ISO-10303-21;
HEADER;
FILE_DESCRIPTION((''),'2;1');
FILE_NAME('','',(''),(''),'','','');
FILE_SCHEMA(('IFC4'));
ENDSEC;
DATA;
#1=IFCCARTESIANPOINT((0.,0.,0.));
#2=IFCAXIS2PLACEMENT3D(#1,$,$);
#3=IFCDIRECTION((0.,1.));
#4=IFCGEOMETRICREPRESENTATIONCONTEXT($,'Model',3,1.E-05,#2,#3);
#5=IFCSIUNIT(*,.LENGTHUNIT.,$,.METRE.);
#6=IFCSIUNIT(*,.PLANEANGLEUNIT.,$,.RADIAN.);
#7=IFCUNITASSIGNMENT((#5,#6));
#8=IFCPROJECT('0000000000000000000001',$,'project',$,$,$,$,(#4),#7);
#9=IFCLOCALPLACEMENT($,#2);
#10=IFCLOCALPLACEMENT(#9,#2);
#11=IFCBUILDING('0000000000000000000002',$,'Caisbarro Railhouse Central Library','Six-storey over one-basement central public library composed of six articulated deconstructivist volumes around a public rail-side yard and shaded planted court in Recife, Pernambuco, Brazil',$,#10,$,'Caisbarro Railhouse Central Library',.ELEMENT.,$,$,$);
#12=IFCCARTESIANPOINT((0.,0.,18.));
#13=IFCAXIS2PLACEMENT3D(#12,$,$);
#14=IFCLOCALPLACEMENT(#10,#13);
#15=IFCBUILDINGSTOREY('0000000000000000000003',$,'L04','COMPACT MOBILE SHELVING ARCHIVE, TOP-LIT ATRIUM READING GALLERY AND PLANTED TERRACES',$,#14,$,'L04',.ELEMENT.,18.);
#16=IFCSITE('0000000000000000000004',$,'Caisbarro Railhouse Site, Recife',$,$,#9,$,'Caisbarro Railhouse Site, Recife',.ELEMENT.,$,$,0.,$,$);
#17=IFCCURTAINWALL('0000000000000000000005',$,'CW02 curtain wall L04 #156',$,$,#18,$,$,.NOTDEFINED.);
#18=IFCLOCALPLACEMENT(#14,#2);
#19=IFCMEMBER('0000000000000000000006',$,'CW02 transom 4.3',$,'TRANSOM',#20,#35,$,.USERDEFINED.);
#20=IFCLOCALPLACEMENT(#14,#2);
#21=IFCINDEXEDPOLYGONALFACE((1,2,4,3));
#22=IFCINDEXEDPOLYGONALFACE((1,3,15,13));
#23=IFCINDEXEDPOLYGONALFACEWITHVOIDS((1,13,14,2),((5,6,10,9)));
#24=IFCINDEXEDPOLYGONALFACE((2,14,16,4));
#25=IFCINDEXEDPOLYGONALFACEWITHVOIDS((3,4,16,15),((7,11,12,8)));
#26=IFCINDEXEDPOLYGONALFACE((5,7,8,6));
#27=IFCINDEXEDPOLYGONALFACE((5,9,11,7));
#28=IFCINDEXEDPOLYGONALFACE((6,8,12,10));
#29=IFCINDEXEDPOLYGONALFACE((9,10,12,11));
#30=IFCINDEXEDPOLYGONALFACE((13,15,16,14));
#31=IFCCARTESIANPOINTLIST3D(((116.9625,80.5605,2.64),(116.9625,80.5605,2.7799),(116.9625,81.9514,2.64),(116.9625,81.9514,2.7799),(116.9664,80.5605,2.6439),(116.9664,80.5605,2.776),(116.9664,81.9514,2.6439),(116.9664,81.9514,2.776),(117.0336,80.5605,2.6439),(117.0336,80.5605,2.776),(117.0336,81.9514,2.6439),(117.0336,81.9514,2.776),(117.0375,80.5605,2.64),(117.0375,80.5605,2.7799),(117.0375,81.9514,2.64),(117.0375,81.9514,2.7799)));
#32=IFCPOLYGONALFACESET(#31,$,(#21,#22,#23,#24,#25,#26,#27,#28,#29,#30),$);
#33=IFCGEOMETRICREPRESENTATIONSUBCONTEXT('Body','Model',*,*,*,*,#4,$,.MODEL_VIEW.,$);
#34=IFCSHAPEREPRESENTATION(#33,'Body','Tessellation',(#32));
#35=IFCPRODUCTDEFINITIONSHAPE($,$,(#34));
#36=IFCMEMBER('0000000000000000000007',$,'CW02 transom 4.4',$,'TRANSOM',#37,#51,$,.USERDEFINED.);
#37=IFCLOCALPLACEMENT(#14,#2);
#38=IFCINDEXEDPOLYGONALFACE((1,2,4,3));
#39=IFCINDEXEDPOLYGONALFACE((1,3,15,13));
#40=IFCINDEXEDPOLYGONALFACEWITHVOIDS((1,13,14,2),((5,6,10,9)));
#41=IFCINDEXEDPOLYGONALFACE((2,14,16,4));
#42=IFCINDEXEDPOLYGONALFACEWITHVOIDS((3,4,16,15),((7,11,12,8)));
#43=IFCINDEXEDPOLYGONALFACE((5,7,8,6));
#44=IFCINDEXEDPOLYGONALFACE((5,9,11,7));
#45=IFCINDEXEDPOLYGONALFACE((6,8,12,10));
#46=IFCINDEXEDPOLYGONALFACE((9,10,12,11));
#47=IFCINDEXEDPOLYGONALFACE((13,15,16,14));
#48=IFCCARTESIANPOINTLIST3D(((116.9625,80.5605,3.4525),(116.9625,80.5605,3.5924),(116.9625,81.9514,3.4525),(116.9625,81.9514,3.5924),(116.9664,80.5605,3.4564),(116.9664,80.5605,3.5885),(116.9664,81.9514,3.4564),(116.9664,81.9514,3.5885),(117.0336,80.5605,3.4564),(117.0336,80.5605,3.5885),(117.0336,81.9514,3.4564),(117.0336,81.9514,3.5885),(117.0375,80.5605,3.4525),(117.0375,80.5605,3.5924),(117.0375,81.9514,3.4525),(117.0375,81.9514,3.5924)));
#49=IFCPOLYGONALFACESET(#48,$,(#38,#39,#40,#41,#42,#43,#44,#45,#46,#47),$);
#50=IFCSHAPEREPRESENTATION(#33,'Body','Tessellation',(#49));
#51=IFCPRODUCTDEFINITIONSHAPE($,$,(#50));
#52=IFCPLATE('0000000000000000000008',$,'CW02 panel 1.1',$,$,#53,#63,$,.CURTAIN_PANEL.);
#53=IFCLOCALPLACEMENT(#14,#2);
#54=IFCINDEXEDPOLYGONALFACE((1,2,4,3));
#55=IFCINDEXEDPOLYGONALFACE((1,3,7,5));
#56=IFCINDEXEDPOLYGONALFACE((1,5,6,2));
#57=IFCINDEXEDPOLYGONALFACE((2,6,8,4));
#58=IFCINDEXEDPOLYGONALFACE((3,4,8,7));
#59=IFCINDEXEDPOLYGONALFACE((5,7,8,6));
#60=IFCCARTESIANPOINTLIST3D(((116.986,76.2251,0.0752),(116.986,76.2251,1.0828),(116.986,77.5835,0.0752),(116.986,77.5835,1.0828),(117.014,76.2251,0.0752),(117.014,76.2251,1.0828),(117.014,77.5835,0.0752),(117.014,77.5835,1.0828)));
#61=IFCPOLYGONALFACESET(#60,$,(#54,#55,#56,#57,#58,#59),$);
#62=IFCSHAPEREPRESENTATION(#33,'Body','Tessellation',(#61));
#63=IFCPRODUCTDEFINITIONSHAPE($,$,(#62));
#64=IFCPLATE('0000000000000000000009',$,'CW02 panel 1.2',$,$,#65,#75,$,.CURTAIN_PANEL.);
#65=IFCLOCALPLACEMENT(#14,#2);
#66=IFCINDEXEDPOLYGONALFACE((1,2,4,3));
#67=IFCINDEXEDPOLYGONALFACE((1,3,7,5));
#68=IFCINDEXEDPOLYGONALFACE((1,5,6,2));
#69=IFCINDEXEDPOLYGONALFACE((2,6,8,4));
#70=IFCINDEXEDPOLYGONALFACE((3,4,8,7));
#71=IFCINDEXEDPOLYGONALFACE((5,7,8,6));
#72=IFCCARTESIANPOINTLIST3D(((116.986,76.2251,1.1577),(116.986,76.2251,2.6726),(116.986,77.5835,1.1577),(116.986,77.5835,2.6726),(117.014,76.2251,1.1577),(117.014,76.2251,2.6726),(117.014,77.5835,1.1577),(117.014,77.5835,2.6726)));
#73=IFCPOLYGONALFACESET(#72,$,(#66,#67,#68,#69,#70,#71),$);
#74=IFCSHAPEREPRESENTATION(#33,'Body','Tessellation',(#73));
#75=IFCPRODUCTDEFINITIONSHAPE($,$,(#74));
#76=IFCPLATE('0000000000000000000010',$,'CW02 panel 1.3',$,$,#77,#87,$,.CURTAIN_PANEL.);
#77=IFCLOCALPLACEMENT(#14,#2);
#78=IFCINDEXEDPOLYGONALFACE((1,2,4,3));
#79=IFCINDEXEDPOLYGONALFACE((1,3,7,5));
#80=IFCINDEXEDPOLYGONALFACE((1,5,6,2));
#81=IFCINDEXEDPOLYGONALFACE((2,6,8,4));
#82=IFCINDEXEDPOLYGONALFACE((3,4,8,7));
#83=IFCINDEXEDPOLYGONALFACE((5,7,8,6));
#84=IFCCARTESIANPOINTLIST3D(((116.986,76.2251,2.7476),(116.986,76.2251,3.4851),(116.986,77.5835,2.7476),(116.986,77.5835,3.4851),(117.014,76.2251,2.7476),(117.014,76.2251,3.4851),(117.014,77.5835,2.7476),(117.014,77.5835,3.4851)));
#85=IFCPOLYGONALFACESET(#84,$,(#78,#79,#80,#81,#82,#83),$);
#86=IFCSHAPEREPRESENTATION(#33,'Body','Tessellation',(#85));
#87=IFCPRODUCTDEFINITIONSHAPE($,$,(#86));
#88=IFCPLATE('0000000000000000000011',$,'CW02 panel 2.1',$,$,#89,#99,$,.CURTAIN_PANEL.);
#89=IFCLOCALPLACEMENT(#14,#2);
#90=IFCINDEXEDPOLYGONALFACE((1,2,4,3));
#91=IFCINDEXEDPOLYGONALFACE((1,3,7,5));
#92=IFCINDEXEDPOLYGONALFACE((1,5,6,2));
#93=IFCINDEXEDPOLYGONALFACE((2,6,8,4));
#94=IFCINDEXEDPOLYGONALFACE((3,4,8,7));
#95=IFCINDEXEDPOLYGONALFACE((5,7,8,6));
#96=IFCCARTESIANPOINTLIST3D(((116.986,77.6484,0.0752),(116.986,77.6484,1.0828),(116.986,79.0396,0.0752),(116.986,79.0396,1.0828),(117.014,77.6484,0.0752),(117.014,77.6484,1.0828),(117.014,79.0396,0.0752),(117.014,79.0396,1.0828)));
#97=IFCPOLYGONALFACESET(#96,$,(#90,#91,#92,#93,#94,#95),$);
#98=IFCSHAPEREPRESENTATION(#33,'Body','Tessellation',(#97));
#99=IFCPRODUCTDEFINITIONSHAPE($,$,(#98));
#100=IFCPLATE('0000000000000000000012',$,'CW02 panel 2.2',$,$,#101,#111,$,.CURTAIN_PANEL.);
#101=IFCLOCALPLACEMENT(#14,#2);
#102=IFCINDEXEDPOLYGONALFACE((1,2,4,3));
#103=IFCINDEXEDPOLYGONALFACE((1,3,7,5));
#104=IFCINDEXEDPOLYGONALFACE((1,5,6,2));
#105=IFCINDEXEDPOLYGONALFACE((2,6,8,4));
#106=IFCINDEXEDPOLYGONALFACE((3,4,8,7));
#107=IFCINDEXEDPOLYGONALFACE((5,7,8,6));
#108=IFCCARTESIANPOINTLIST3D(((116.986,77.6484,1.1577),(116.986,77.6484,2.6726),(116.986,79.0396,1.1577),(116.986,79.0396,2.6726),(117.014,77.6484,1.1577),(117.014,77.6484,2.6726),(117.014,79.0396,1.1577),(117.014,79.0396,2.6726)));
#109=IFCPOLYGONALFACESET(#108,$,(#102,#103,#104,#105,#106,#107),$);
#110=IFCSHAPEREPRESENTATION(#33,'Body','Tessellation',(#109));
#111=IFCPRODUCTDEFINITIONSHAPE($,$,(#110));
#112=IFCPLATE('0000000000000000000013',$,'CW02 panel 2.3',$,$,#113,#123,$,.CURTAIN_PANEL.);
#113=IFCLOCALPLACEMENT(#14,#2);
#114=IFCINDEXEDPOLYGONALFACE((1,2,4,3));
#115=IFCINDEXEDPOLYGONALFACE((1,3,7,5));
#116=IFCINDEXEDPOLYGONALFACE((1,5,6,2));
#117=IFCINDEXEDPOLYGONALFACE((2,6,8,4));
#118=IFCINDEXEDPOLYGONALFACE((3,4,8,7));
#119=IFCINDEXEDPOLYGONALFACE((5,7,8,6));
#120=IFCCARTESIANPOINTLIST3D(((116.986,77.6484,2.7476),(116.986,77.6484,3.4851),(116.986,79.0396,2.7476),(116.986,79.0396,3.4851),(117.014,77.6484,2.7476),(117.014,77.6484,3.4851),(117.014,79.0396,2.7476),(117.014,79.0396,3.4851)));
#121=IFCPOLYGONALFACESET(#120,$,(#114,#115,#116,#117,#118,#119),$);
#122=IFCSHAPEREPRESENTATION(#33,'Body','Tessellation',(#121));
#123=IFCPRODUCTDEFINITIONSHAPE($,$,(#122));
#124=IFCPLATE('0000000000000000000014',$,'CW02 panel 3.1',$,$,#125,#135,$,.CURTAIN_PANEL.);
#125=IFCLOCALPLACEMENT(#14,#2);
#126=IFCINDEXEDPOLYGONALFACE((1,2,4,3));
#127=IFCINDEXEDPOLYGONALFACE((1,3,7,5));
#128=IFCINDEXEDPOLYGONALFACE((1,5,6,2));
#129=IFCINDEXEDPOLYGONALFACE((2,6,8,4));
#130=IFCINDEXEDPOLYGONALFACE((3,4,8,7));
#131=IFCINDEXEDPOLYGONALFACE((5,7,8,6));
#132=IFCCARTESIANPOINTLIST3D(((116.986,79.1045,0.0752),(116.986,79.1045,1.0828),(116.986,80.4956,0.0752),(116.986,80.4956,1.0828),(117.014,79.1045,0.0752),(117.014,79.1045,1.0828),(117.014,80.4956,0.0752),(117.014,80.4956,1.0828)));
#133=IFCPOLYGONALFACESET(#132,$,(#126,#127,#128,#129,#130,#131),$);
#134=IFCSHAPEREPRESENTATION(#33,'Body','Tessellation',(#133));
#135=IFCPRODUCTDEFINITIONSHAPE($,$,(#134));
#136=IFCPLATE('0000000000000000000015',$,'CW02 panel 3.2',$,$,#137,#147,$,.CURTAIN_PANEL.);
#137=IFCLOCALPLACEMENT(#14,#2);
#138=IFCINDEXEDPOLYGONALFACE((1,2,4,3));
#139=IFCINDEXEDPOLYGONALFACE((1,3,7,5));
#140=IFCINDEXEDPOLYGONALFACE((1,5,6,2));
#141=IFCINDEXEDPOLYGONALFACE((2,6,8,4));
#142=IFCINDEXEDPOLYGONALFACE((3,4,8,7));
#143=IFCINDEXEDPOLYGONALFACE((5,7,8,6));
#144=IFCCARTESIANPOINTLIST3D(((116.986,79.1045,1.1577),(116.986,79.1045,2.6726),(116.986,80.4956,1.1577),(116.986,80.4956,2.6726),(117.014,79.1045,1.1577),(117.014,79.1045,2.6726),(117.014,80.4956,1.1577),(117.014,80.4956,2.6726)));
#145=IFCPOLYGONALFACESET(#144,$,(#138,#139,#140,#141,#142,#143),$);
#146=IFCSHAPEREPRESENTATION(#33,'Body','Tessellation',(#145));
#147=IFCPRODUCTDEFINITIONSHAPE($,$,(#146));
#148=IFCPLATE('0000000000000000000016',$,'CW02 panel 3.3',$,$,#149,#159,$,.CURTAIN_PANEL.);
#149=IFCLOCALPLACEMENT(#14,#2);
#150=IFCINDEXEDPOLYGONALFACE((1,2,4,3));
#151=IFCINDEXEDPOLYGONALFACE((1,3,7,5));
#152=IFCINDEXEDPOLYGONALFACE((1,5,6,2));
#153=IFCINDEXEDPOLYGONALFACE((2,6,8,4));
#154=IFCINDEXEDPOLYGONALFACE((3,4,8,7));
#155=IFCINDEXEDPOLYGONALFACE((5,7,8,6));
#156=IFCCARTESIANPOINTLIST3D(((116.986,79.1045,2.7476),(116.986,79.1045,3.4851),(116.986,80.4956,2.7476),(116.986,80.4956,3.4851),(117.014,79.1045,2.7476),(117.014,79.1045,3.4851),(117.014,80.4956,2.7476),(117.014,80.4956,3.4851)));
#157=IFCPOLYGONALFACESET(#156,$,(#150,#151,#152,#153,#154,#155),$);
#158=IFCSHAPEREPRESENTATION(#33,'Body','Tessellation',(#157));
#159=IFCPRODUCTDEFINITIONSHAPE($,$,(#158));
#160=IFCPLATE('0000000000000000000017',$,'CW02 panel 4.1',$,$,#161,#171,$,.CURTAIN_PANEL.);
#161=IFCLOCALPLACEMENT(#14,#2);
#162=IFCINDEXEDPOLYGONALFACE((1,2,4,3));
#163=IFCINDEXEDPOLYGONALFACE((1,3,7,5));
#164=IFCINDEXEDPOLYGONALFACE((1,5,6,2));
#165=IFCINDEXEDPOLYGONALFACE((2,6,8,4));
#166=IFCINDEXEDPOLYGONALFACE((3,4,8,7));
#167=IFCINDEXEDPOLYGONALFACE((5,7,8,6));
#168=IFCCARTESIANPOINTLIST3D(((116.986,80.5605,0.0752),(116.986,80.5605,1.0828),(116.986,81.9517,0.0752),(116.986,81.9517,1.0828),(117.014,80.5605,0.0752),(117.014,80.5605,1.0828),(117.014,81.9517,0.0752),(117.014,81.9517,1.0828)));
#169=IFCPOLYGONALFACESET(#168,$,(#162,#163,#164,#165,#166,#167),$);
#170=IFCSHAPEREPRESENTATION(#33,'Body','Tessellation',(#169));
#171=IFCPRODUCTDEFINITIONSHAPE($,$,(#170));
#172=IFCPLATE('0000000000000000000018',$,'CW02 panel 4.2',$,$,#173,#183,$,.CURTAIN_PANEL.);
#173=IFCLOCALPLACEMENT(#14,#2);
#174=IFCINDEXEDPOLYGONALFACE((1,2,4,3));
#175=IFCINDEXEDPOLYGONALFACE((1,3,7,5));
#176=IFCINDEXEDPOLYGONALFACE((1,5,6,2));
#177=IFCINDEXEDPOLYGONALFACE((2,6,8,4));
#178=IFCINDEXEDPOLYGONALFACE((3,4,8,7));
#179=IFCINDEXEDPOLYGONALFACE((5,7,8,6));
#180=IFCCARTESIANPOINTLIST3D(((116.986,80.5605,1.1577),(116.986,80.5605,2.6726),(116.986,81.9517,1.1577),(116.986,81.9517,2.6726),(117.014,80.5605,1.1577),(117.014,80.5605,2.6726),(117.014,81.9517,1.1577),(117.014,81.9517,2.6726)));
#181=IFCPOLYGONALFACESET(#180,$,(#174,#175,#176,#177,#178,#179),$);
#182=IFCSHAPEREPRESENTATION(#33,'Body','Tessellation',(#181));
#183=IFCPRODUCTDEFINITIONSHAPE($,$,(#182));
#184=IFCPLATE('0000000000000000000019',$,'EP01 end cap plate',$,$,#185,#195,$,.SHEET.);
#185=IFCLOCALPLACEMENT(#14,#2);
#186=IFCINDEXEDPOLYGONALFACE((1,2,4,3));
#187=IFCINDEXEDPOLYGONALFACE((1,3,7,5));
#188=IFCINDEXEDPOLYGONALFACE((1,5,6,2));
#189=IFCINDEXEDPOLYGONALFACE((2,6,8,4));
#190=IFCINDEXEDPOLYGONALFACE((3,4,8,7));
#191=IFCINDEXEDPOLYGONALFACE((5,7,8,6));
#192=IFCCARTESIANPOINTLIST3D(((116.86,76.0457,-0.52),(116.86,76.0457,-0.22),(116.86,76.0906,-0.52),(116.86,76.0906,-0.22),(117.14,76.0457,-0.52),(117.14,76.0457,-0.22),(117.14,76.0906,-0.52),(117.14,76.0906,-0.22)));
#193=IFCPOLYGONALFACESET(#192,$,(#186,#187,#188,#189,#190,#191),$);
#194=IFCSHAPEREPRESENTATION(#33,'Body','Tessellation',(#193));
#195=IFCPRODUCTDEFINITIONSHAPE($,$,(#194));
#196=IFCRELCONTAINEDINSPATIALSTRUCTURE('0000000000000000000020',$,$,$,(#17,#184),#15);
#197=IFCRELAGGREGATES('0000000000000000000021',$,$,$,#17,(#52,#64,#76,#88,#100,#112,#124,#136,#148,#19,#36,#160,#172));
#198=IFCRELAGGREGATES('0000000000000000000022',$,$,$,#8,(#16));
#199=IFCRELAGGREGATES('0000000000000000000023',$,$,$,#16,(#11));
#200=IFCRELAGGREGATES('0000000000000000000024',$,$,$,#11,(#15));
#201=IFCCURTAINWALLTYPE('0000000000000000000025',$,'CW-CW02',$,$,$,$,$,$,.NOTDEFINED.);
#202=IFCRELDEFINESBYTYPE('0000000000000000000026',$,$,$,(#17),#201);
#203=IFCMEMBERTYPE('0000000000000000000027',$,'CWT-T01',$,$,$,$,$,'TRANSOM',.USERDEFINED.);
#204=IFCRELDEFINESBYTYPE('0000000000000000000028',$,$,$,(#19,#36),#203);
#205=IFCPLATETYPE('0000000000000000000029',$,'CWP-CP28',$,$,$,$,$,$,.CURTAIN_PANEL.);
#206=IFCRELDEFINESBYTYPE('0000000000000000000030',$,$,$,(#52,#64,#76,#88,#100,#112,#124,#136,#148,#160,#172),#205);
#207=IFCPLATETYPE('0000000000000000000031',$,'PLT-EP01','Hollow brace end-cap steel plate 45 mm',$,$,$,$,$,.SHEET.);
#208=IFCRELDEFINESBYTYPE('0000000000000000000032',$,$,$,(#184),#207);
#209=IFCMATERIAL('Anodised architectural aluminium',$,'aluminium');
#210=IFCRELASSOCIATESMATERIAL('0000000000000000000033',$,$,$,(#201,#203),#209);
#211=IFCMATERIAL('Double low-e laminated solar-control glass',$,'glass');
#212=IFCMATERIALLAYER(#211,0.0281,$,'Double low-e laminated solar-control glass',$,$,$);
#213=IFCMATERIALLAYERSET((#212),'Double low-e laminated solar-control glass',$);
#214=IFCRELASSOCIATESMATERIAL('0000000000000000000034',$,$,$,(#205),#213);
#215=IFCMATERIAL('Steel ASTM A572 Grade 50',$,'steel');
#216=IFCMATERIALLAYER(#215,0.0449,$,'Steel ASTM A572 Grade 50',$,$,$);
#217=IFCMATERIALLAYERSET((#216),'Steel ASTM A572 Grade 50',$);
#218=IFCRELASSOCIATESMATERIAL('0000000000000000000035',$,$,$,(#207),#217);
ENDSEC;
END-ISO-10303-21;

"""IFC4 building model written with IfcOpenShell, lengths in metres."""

from ifc_helpers import new_model, si_unit, direction, frame, origin, origin_2d, place, context, subcontext, project, spatial, rectangle, hollow_rectangle, extrude, material, layer, layer_set, material_profile, profile_set, type_object, element, aggregate, save


model = new_model("IFC4")

# Units and contexts
model_context = context("Model", 3, precision=1e-05, world=origin(), true_north=direction((0.0, 1.0)))
body_context = subcontext(model_context, "Body", "Model", "MODEL_VIEW")
ifc_project = project(units=[si_unit("LENGTHUNIT", "METRE"), si_unit("PLANEANGLEUNIT", "RADIAN")], contexts=[model_context])

# Site, building, storey
site_placement = place(None, origin())
site = spatial("IfcSite", under=ifc_project, at=site_placement, Name="Caisbarro Railhouse Site, Recife", LongName="Caisbarro Railhouse Site, Recife", CompositionType="ELEMENT", RefElevation=0.0)
building_placement = place(site_placement, origin())
building = spatial("IfcBuilding", under=site, at=building_placement, Name="Caisbarro Railhouse Central Library", Description="Six-storey over one-basement central public library composed of six articulated deconstructivist volumes around a public rail-side yard and shaded planted court in Recife, Pernambuco, Brazil", LongName="Caisbarro Railhouse Central Library", CompositionType="ELEMENT")
storey_placement = place(building_placement, frame((0.0, 0.0, 18.0)))
storey = spatial("IfcBuildingStorey", under=building, at=storey_placement, Name="L04", Description="COMPACT MOBILE SHELVING ARCHIVE, TOP-LIT ATRIUM READING GALLERY AND PLANTED TERRACES", LongName="L04", CompositionType="ELEMENT", Elevation=18.0)

# Shared definitions
ifc_material_1 = material(Name="Steel ASTM A572 Grade 50", Category="steel")

# Curtain wall, members, plates
ifc_material_2 = material(Name="Anodised architectural aluminium", Category="aluminium")
curtain_wall_type = type_object("IfcCurtainWallType", Name="CW-CW02", PredefinedType="NOTDEFINED", material=ifc_material_2)
curtain_wall_placement = place(storey_placement, origin())
curtain_wall = element("IfcCurtainWall", 1, at=curtain_wall_placement, inside=storey, type_object=curtain_wall_type, Name="CW02 curtain wall L04 #156", PredefinedType="NOTDEFINED")
ifc_material_profile_1 = material_profile(ifc_material_2, hollow_rectangle(XDim=0.075, YDim=0.1399, WallThickness=0.0039, at=origin_2d()), Name="ALU-TRN-75X140")
ifc_profile_set_1 = profile_set([ifc_material_profile_1], Name="Anodised architectural aluminium")
member_type_1 = type_object("IfcMemberType", Name="CWT-T01", ElementType="TRANSOM", PredefinedType="USERDEFINED", material=ifc_profile_set_1)
member_1_placement = place(storey_placement, frame((117.0, 80.5605, 2.71), z_axis=(0.0, 1.0, 0.0), x_axis=(-1.0, 0.0, 0.0)))
member_1 = element("IfcMember", 2, at=member_1_placement, type_object=member_type_1, Name="CW02 transom 4.3", ObjectType="TRANSOM", PredefinedType="USERDEFINED", context=body_context, shape_type="SweptSolid", body=[
    extrude(hollow_rectangle(XDim=0.075, YDim=0.1399, WallThickness=0.0039, at=origin_2d()), origin(), (0.0, 0.0, 1.0), 1.3909),
])
member_2_placement = place(storey_placement, frame((117.0, 80.5605, 3.5225), z_axis=(0.0, 1.0, 0.0), x_axis=(-1.0, 0.0, 0.0)))
member_2 = element("IfcMember", 3, at=member_2_placement, type_object=member_type_1, Name="CW02 transom 4.4", ObjectType="TRANSOM", PredefinedType="USERDEFINED", context=body_context, shape_type="SweptSolid", body=[
    extrude(hollow_rectangle(XDim=0.075, YDim=0.1399, WallThickness=0.0039, at=origin_2d()), origin(), (0.0, 0.0, 1.0), 1.3909),
])
ifc_material_3 = material(Name="Double low-e laminated solar-control glass", Category="glass")
ifc_layer_1 = layer(ifc_material_3, 0.0281, Name="Double low-e laminated solar-control glass")
ifc_layer_set_1 = layer_set([ifc_layer_1], Name="Double low-e laminated solar-control glass")
plate_type_1 = type_object("IfcPlateType", Name="CWP-CP28", PredefinedType="CURTAIN_PANEL", material=ifc_layer_set_1)
plate_1_placement = place(storey_placement, frame((117.0, 76.9043, 0.0752), z_axis=(0.0, 0.0, 1.0), x_axis=(0.0, 1.0, 0.0)))
plate_1 = element("IfcPlate", 4, at=plate_1_placement, type_object=plate_type_1, Name="CW02 panel 1.1", PredefinedType="CURTAIN_PANEL", context=body_context, shape_type="SweptSolid", body=[
    extrude(rectangle(XDim=1.3584, YDim=0.0281, at=origin_2d()), origin(), (0.0, 0.0, 1.0), 1.0076),
])
plate_2_placement = place(storey_placement, frame((117.0, 76.9043, 1.1577), z_axis=(0.0, 0.0, 1.0), x_axis=(0.0, 1.0, 0.0)))
plate_2 = element("IfcPlate", 5, at=plate_2_placement, type_object=plate_type_1, Name="CW02 panel 1.2", PredefinedType="CURTAIN_PANEL", context=body_context, shape_type="SweptSolid", body=[
    extrude(rectangle(XDim=1.3584, YDim=0.0281, at=origin_2d()), origin(), (0.0, 0.0, 1.0), 1.5149),
])
plate_3_placement = place(storey_placement, frame((117.0, 76.9043, 2.7476), z_axis=(0.0, 0.0, 1.0), x_axis=(0.0, 1.0, 0.0)))
plate_3 = element("IfcPlate", 6, at=plate_3_placement, type_object=plate_type_1, Name="CW02 panel 1.3", PredefinedType="CURTAIN_PANEL", context=body_context, shape_type="SweptSolid", body=[
    extrude(rectangle(XDim=1.3584, YDim=0.0281, at=origin_2d()), origin(), (0.0, 0.0, 1.0), 0.7375),
])
plate_4_placement = place(storey_placement, frame((117.0, 78.344, 0.0752), z_axis=(0.0, 0.0, 1.0), x_axis=(0.0, 1.0, 0.0)))
plate_4 = element("IfcPlate", 7, at=plate_4_placement, type_object=plate_type_1, Name="CW02 panel 2.1", PredefinedType="CURTAIN_PANEL", context=body_context, shape_type="SweptSolid", body=[
    extrude(rectangle(XDim=1.3911, YDim=0.0281, at=origin_2d()), origin(), (0.0, 0.0, 1.0), 1.0076),
])
plate_5_placement = place(storey_placement, frame((117.0, 78.344, 1.1577), z_axis=(0.0, 0.0, 1.0), x_axis=(0.0, 1.0, 0.0)))
plate_5 = element("IfcPlate", 8, at=plate_5_placement, type_object=plate_type_1, Name="CW02 panel 2.2", PredefinedType="CURTAIN_PANEL", context=body_context, shape_type="SweptSolid", body=[
    extrude(rectangle(XDim=1.3911, YDim=0.0281, at=origin_2d()), origin(), (0.0, 0.0, 1.0), 1.5149),
])
plate_6_placement = place(storey_placement, frame((117.0, 78.344, 2.7476), z_axis=(0.0, 0.0, 1.0), x_axis=(0.0, 1.0, 0.0)))
plate_6 = element("IfcPlate", 9, at=plate_6_placement, type_object=plate_type_1, Name="CW02 panel 2.3", PredefinedType="CURTAIN_PANEL", context=body_context, shape_type="SweptSolid", body=[
    extrude(rectangle(XDim=1.3911, YDim=0.0281, at=origin_2d()), origin(), (0.0, 0.0, 1.0), 0.7375),
])
plate_7_placement = place(storey_placement, frame((117.0, 79.8, 0.0752), z_axis=(0.0, 0.0, 1.0), x_axis=(0.0, 1.0, 0.0)))
plate_7 = element("IfcPlate", 10, at=plate_7_placement, type_object=plate_type_1, Name="CW02 panel 3.1", PredefinedType="CURTAIN_PANEL", context=body_context, shape_type="SweptSolid", body=[
    extrude(rectangle(XDim=1.3911, YDim=0.0281, at=origin_2d()), origin(), (0.0, 0.0, 1.0), 1.0076),
])
plate_8_placement = place(storey_placement, frame((117.0, 79.8, 1.1577), z_axis=(0.0, 0.0, 1.0), x_axis=(0.0, 1.0, 0.0)))
plate_8 = element("IfcPlate", 11, at=plate_8_placement, type_object=plate_type_1, Name="CW02 panel 3.2", PredefinedType="CURTAIN_PANEL", context=body_context, shape_type="SweptSolid", body=[
    extrude(rectangle(XDim=1.3911, YDim=0.0281, at=origin_2d()), origin(), (0.0, 0.0, 1.0), 1.5149),
])
plate_9_placement = place(storey_placement, frame((117.0, 79.8, 2.7476), z_axis=(0.0, 0.0, 1.0), x_axis=(0.0, 1.0, 0.0)))
plate_9 = element("IfcPlate", 12, at=plate_9_placement, type_object=plate_type_1, Name="CW02 panel 3.3", PredefinedType="CURTAIN_PANEL", context=body_context, shape_type="SweptSolid", body=[
    extrude(rectangle(XDim=1.3911, YDim=0.0281, at=origin_2d()), origin(), (0.0, 0.0, 1.0), 0.7375),
])
plate_10_placement = place(storey_placement, frame((117.0, 81.2561, 0.0752), z_axis=(0.0, 0.0, 1.0), x_axis=(0.0, 1.0, 0.0)))
plate_10 = element("IfcPlate", 13, at=plate_10_placement, type_object=plate_type_1, Name="CW02 panel 4.1", PredefinedType="CURTAIN_PANEL", context=body_context, shape_type="SweptSolid", body=[
    extrude(rectangle(XDim=1.3911, YDim=0.0281, at=origin_2d()), origin(), (0.0, 0.0, 1.0), 1.0076),
])
plate_11_placement = place(storey_placement, frame((117.0, 81.2561, 1.1577), z_axis=(0.0, 0.0, 1.0), x_axis=(0.0, 1.0, 0.0)))
plate_11 = element("IfcPlate", 14, at=plate_11_placement, type_object=plate_type_1, Name="CW02 panel 4.2", PredefinedType="CURTAIN_PANEL", context=body_context, shape_type="SweptSolid", body=[
    extrude(rectangle(XDim=1.3911, YDim=0.0281, at=origin_2d()), origin(), (0.0, 0.0, 1.0), 1.5149),
])
aggregate(curtain_wall, [plate_1, plate_2, plate_3, plate_4, plate_5, plate_6, plate_7, plate_8, plate_9, member_1, member_2, plate_10, plate_11])

# Plate
ifc_layer_2 = layer(ifc_material_1, 0.0449, Name="Steel ASTM A572 Grade 50")
ifc_layer_set_2 = layer_set([ifc_layer_2], Name="Steel ASTM A572 Grade 50")
plate_type_2 = type_object("IfcPlateType", Name="PLT-EP01", Description="Hollow brace end-cap steel plate 45 mm", PredefinedType="SHEET", material=ifc_layer_set_2)
plate_12_placement = place(storey_placement, frame((117.0, 76.0681, -0.52), z_axis=(0.0, 0.0, 1.0), x_axis=(0.0, 1.0, 0.0)))
element("IfcPlate", 15, at=plate_12_placement, inside=storey, type_object=plate_type_2, Name="EP01 end cap plate", PredefinedType="SHEET", context=body_context, shape_type="SweptSolid", body=[
    extrude(rectangle(XDim=0.0449, YDim=0.28, at=origin_2d()), origin(), (0.0, 0.0, 1.0), 0.3),
])

save(model, "model.ifc")
